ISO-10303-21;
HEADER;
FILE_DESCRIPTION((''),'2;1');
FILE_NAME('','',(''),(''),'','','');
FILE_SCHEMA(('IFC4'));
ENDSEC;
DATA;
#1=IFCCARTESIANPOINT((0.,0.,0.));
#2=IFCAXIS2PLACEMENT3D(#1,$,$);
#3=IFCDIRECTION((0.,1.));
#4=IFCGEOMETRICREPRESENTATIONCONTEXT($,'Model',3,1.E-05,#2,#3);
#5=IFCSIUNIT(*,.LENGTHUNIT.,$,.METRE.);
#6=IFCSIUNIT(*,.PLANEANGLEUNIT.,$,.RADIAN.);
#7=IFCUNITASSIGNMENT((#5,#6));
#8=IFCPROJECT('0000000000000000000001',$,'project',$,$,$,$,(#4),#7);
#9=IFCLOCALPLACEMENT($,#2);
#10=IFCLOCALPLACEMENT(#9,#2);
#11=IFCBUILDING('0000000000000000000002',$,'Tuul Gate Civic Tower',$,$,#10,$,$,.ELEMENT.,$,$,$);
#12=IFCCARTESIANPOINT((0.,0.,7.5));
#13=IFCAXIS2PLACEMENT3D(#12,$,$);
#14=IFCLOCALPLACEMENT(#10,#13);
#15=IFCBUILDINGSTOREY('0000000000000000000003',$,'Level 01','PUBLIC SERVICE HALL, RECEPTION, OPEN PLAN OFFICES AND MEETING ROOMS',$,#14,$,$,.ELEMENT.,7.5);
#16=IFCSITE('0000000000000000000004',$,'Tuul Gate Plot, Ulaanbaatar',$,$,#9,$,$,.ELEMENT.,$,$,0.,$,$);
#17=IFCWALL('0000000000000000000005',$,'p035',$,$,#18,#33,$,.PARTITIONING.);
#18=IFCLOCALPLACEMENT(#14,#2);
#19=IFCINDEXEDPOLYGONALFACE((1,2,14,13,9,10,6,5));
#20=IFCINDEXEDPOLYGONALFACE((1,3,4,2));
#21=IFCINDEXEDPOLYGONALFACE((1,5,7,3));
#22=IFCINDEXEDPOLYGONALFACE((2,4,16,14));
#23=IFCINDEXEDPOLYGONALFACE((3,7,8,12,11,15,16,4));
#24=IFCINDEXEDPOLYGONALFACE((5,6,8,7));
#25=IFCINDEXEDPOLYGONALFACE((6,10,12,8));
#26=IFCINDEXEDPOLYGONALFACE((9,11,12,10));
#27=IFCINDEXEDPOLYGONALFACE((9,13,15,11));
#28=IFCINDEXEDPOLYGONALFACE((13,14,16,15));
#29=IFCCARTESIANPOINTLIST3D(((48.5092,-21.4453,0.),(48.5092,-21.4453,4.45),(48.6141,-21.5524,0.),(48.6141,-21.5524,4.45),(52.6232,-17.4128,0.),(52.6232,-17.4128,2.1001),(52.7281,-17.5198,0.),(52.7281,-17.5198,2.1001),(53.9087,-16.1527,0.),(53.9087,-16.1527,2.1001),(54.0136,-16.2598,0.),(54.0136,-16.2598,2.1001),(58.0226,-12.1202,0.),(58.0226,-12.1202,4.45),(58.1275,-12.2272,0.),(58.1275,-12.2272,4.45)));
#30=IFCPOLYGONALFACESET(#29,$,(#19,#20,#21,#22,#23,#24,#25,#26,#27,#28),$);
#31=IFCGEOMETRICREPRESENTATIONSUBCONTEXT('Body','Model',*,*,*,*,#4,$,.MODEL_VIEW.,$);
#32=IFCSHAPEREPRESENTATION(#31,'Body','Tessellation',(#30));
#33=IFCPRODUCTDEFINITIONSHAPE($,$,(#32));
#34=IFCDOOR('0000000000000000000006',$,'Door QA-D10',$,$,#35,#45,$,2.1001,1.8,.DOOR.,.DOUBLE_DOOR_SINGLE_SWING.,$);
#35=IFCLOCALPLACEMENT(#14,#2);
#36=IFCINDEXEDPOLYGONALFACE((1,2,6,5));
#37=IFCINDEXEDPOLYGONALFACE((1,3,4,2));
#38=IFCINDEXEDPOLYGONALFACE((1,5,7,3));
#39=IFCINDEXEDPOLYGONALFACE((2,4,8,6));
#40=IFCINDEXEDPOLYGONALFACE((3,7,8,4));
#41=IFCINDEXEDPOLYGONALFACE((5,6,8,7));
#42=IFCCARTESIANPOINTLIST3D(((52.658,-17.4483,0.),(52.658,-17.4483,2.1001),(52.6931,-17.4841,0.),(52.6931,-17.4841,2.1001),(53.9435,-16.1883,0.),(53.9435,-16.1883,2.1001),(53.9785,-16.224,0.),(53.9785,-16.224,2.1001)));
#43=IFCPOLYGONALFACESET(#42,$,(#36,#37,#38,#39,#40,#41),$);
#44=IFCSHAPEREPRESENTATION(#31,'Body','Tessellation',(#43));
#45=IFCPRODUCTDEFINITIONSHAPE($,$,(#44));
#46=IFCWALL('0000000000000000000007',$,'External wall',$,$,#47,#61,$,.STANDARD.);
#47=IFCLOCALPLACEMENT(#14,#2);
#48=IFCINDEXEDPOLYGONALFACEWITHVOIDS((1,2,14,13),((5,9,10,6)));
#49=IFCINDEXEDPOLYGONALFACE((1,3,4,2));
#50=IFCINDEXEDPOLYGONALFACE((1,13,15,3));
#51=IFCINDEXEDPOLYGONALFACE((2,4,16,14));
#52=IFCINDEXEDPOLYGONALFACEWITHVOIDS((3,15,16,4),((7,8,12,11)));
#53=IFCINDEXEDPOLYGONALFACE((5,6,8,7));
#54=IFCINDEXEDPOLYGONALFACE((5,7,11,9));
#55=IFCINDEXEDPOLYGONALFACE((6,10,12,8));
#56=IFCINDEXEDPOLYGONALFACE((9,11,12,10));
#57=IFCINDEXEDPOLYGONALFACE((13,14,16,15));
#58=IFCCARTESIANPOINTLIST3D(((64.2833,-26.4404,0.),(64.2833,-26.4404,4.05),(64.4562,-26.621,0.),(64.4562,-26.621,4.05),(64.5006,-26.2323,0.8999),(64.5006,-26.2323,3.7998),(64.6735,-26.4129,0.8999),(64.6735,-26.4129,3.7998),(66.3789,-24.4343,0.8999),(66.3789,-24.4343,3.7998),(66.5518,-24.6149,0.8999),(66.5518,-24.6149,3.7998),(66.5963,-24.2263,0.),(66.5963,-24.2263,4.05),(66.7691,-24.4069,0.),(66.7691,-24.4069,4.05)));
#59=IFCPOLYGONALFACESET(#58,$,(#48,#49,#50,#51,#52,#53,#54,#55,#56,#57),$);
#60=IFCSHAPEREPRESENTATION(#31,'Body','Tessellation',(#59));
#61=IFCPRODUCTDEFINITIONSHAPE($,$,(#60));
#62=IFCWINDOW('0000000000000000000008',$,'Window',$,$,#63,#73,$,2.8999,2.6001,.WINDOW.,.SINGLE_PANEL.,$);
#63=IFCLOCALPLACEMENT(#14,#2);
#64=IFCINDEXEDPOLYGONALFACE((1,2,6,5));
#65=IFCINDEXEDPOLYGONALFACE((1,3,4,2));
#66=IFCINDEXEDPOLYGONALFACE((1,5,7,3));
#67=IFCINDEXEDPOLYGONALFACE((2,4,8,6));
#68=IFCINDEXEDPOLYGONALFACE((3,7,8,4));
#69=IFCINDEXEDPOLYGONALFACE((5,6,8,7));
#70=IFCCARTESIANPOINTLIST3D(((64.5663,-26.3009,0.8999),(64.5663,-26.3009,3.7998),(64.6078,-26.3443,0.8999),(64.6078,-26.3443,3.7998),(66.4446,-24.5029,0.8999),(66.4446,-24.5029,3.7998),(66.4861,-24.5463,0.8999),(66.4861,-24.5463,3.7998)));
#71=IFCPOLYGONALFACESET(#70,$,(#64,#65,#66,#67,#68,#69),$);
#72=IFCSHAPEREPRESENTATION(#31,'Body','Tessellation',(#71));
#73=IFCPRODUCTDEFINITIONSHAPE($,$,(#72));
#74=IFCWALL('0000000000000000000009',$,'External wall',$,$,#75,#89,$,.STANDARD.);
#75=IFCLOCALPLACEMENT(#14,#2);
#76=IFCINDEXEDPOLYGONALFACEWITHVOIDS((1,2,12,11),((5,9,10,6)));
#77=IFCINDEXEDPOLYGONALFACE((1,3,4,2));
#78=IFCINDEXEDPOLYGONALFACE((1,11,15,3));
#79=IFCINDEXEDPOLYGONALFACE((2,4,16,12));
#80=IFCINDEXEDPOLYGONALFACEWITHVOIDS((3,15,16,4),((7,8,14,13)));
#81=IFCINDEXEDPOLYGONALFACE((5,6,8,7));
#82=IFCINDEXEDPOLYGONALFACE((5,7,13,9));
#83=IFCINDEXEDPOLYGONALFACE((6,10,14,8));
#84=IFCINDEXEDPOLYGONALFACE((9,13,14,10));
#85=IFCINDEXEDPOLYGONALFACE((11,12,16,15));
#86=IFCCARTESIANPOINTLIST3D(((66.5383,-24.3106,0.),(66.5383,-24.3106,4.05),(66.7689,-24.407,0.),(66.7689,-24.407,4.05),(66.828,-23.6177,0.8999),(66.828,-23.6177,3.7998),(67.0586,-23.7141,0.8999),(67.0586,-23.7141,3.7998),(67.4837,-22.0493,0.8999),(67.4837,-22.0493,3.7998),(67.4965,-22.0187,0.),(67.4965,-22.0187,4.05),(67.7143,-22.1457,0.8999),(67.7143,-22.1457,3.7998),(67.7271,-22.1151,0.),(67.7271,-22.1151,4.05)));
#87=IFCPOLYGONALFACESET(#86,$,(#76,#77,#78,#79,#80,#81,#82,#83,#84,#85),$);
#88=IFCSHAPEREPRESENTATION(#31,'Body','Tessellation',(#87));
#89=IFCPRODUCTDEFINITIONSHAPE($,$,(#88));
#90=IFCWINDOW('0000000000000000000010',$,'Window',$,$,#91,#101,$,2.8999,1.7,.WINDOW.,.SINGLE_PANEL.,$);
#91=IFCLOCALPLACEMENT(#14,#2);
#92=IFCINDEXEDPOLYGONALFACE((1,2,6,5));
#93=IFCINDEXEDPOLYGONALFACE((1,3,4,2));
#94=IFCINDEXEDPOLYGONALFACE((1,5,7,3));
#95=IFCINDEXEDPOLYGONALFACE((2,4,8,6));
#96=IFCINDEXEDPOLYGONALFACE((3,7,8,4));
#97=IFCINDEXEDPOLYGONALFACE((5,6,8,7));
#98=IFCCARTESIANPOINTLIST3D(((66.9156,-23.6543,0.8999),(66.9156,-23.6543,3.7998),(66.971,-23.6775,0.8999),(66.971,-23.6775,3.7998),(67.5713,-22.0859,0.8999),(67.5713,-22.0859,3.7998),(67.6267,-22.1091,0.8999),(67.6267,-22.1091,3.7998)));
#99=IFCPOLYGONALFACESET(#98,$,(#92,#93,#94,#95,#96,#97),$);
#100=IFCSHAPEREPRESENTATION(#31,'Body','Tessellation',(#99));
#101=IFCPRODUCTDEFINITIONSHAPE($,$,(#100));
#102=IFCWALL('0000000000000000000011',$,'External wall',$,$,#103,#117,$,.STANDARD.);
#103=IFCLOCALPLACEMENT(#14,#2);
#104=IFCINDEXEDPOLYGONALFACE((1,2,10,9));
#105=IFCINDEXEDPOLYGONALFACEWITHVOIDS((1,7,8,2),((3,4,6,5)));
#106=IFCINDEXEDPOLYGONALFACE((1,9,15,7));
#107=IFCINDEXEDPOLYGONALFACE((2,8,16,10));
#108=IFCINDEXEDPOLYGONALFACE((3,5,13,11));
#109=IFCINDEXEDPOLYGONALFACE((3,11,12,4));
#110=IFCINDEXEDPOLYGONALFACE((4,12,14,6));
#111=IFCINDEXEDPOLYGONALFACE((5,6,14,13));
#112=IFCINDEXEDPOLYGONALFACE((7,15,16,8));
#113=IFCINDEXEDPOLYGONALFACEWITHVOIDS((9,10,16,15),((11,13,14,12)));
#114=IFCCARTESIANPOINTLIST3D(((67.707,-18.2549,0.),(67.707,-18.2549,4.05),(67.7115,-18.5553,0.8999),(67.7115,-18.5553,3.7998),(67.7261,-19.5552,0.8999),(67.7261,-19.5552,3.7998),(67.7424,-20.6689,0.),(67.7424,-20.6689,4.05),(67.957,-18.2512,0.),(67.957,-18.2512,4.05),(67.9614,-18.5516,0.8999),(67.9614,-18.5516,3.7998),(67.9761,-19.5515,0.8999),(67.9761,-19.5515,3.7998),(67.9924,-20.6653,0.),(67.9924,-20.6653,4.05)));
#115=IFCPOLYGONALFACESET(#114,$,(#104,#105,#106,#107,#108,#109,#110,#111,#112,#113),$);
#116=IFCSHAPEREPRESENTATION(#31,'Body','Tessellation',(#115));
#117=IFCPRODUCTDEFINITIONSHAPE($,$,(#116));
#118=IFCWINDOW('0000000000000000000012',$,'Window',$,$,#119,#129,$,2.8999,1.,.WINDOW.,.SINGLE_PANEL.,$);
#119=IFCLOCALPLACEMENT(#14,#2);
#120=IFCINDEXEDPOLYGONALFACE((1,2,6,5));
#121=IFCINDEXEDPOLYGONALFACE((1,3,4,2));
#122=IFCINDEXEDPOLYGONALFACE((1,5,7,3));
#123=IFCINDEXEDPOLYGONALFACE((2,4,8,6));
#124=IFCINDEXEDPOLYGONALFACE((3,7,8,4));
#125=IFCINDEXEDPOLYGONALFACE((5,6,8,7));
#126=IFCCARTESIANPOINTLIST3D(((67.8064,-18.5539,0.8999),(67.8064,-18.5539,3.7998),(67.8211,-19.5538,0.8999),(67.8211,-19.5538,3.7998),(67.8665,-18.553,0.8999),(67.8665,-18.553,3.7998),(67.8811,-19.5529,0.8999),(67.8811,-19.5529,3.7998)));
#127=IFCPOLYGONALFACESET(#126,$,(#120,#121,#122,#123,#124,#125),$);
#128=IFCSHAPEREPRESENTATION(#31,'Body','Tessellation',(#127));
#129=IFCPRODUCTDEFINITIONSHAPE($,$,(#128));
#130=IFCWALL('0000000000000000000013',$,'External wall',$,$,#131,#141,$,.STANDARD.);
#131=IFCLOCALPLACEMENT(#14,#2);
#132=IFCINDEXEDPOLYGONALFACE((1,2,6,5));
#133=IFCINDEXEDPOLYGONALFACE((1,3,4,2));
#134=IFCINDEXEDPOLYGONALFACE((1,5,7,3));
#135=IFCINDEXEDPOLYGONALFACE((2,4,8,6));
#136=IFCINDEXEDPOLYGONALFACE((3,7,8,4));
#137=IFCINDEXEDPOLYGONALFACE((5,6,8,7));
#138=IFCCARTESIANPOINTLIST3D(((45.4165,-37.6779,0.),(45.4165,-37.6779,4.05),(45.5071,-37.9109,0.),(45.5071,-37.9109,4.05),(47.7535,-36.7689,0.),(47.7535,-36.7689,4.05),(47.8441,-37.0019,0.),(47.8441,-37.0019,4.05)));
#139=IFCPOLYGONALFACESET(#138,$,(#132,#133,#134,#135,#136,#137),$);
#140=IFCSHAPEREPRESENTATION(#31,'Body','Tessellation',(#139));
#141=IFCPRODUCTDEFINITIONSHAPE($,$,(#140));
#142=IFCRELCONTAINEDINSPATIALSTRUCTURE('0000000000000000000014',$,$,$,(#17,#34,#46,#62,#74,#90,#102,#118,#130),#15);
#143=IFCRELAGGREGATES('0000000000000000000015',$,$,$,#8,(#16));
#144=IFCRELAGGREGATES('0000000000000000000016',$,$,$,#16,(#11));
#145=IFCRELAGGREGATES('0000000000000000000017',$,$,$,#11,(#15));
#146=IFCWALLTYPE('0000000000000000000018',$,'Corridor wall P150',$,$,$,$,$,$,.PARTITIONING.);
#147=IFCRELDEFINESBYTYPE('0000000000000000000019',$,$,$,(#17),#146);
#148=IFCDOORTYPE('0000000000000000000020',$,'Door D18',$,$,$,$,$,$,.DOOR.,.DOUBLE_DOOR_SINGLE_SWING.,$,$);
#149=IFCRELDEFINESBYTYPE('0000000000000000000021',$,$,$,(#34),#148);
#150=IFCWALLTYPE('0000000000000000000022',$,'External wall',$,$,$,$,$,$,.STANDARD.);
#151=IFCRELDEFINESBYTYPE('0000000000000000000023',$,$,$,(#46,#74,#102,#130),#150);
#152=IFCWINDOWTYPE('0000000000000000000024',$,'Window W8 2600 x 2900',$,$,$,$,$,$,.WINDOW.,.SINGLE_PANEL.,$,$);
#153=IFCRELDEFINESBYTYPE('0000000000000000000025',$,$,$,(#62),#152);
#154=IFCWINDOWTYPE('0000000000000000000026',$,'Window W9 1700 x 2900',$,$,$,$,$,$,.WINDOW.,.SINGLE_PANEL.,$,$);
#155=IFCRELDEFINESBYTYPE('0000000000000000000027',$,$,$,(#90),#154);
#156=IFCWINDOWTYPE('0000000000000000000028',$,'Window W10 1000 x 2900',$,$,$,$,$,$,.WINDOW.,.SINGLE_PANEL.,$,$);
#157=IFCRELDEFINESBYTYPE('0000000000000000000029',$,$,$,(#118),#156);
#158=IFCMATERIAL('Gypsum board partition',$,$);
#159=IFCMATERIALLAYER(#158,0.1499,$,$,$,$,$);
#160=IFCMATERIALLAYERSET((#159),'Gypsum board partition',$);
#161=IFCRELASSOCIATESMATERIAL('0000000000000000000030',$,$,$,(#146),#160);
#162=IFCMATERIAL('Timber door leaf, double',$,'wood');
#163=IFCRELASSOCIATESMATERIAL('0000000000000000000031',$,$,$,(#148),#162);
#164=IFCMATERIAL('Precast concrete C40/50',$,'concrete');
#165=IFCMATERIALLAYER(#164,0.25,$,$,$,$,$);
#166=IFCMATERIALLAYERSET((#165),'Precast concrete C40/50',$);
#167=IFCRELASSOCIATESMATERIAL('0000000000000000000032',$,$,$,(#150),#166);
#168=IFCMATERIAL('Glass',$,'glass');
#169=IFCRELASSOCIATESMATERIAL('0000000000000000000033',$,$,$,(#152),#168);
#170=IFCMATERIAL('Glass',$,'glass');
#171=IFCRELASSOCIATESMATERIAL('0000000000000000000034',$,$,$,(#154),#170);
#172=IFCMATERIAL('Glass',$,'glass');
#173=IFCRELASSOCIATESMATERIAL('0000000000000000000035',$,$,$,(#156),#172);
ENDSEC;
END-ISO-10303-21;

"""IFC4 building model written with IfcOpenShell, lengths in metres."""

from ifc_helpers import new_model, si_unit, direction, frame, frame_2d, origin, place, context, subcontext, project, spatial, rectangle, extrude, material, layer, layer_set, type_object, element, fill, save


model = new_model("IFC4")

# Units and contexts
model_context = context("Model", 3, precision=1e-05, world=origin(), true_north=direction((0.0, 1.0)))
body_context = subcontext(model_context, "Body", "Model", "MODEL_VIEW")
ifc_project = project(units=[si_unit("LENGTHUNIT", "METRE"), si_unit("PLANEANGLEUNIT", "RADIAN")], contexts=[model_context])

# Site, building, storey
site_placement = place(None, origin())
site = spatial("IfcSite", under=ifc_project, at=site_placement, Name="Tuul Gate Plot, Ulaanbaatar", CompositionType="ELEMENT", RefElevation=0.0)
building_placement = place(site_placement, origin())
building = spatial("IfcBuilding", under=site, at=building_placement, Name="Tuul Gate Civic Tower", CompositionType="ELEMENT")
storey_placement = place(building_placement, frame((0.0, 0.0, 7.5)))
storey = spatial("IfcBuildingStorey", under=building, at=storey_placement, Name="Level 01", Description="PUBLIC SERVICE HALL, RECEPTION, OPEN PLAN OFFICES AND MEETING ROOMS", CompositionType="ELEMENT", Elevation=7.5)

# Shared definitions
ifc_material_1 = material(Name="Gypsum board partition")
ifc_layer_1 = layer(ifc_material_1, 0.1499)
ifc_layer_set_1 = layer_set([ifc_layer_1], Name="Gypsum board partition")
wall_type_1 = type_object("IfcWallType", Name="Corridor wall P150", PredefinedType="PARTITIONING", material=ifc_layer_set_1)

# Wall, opening, door
wall_1_placement = place(storey_placement, frame((48.5618, -21.4988, 0.0), z_axis=(0.0, 0.0, 1.0), x_axis=(0.714136, 0.700007, 0.0)))
wall_1 = element("IfcWall", 1, at=wall_1_placement, inside=storey, type_object=wall_type_1, Name="p035", PredefinedType="PARTITIONING", context=body_context, shape_type="SweptSolid", body=[
    extrude(rectangle(XDim=13.3215, YDim=0.1499, at=frame_2d((6.6606, 0.0))), origin(), (0.0, 0.0, 1.0), 4.45),
])
opening_1_placement = place(wall_1_placement, frame((5.7607, 0.0, 0.0)))
opening_1 = element("IfcOpeningElement", 2, at=opening_1_placement, cuts=wall_1, PredefinedType="OPENING", context=body_context, shape_type="SweptSolid", body=[
    extrude(rectangle(XDim=1.8, YDim=2.1001, at=frame_2d((0.8999, 1.05))), frame((0.0, 0.085, 0.0), z_axis=(0.0, -1.0, 0.0), x_axis=(1.0, 0.0, 0.0)), (0.0, 0.0, 1.0), 0.1699),
])
ifc_material_2 = material(Name="Timber door leaf, double", Category="wood")
door_type_1 = type_object("IfcDoorType", Name="Door D18", OperationType="DOUBLE_DOOR_SINGLE_SWING", PredefinedType="DOOR", material=ifc_material_2)
door_1_placement = place(opening_1_placement, frame((1.8, 0.0, 0.0), z_axis=(0.0, 0.0, 1.0), x_axis=(-1.0, 0.0, 0.0)))
door_1 = element("IfcDoor", 3, at=door_1_placement, inside=storey, type_object=door_type_1, Name="Door QA-D10", OperationType="DOUBLE_DOOR_SINGLE_SWING", OverallHeight=2.1001, OverallWidth=1.8, PredefinedType="DOOR", context=body_context, shape_type="SweptSolid", body=[
    extrude(rectangle(XDim=1.8, YDim=2.1001, at=frame_2d((0.9001, 1.05))), frame((0.0, 0.0249, 0.0), z_axis=(0.0, -1.0, 0.0), x_axis=(1.0, 0.0, 0.0)), (0.0, 0.0, 1.0), 0.05),
])
fill(opening_1, door_1)

# Walls, openings, windows
ifc_material_3 = material(Name="Precast concrete C40/50", Category="concrete")
ifc_layer_2 = layer(ifc_material_3, 0.25)
ifc_layer_set_2 = layer_set([ifc_layer_2], Name="Precast concrete C40/50")
wall_type_2 = type_object("IfcWallType", Name="External wall", PredefinedType="STANDARD", material=ifc_layer_set_2)
wall_2_placement = place(storey_placement, frame((64.3696, -26.5308, 0.0), z_axis=(0.0, 0.0, 1.0), x_axis=(0.722379, 0.691498, 0.0)))
wall_2 = element("IfcWall", 4, at=wall_2_placement, inside=storey, type_object=wall_type_2, Name="External wall", PredefinedType="STANDARD", context=body_context, shape_type="SweptSolid", body=[
    extrude(rectangle(XDim=3.2019, YDim=0.25, at=frame_2d((1.6011, 0.0))), origin(), (0.0, 0.0, 1.0), 4.05),
])
opening_2_placement = place(wall_2_placement, frame((0.301, 0.0, 0.8999)))
opening_2 = element("IfcOpeningElement", 5, at=opening_2_placement, cuts=wall_2, PredefinedType="OPENING", context=body_context, shape_type="SweptSolid", body=[
    extrude(rectangle(XDim=2.6001, YDim=2.8999, at=frame_2d((1.3, 1.45))), frame((0.0, 0.135, 0.0), z_axis=(0.0, -1.0, 0.0), x_axis=(1.0, 0.0, 0.0)), (0.0, 0.0, 1.0), 0.27),
])
ifc_material_4 = material(Name="Glass", Category="glass")
window_type_1 = type_object("IfcWindowType", Name="Window W8 2600 x 2900", PartitioningType="SINGLE_PANEL", PredefinedType="WINDOW", material=ifc_material_4)
window_1_placement = place(opening_2_placement, origin())
window_1 = element("IfcWindow", 6, at=window_1_placement, inside=storey, type_object=window_type_1, Name="Window", OverallHeight=2.8999, OverallWidth=2.6001, PartitioningType="SINGLE_PANEL", PredefinedType="WINDOW", context=body_context, shape_type="SweptSolid", body=[
    extrude(rectangle(XDim=2.6001, YDim=2.8999, at=frame_2d((1.3, 1.45))), frame((0.0, 0.03, 0.0), z_axis=(0.0, -1.0, 0.0), x_axis=(1.0, 0.0, 0.0)), (0.0, 0.0, 1.0), 0.0601),
])
fill(opening_2, window_1)
wall_3_placement = place(storey_placement, frame((66.6536, -24.3589, 0.0), z_axis=(0.0, 0.0, 1.0), x_axis=(0.385732, 0.922611, 0.0)))
wall_3 = element("IfcWall", 7, at=wall_3_placement, inside=storey, type_object=wall_type_2, Name="External wall", PredefinedType="STANDARD", context=body_context, shape_type="SweptSolid", body=[
    extrude(rectangle(XDim=2.4841, YDim=0.25, at=frame_2d((1.2422, 0.0))), origin(), (0.0, 0.0, 1.0), 4.05),
])
opening_3_placement = place(wall_3_placement, frame((0.751, 0.0, 0.8999)))
opening_3 = element("IfcOpeningElement", 8, at=opening_3_placement, cuts=wall_3, PredefinedType="OPENING", context=body_context, shape_type="SweptSolid", body=[
    extrude(rectangle(XDim=1.7, YDim=2.8999, at=frame_2d((0.8501, 1.45))), frame((0.0, 0.135, 0.0), z_axis=(0.0, -1.0, 0.0), x_axis=(1.0, 0.0, 0.0)), (0.0, 0.0, 1.0), 0.27),
])
ifc_material_5 = material(Name="Glass", Category="glass")
window_type_2 = type_object("IfcWindowType", Name="Window W9 1700 x 2900", PartitioningType="SINGLE_PANEL", PredefinedType="WINDOW", material=ifc_material_5)
window_2_placement = place(opening_3_placement, origin())
window_2 = element("IfcWindow", 9, at=window_2_placement, inside=storey, type_object=window_type_2, Name="Window", OverallHeight=2.8999, OverallWidth=1.7, PartitioningType="SINGLE_PANEL", PredefinedType="WINDOW", context=body_context, shape_type="SweptSolid", body=[
    extrude(rectangle(XDim=1.7, YDim=2.8999, at=frame_2d((0.8501, 1.45))), frame((0.0, 0.03, 0.0), z_axis=(0.0, -1.0, 0.0), x_axis=(1.0, 0.0, 0.0)), (0.0, 0.0, 1.0), 0.0601),
])
fill(opening_3, window_2)
wall_4_placement = place(storey_placement, frame((67.8674, -20.667, 0.0), z_axis=(0.0, 0.0, 1.0), x_axis=(-0.014663, 0.999892, 0.0)))
wall_4 = element("IfcWall", 10, at=wall_4_placement, inside=storey, type_object=wall_type_2, Name="External wall", PredefinedType="STANDARD", context=body_context, shape_type="SweptSolid", body=[
    extrude(rectangle(XDim=2.4143, YDim=0.25, at=frame_2d((1.207, 0.0))), origin(), (0.0, 0.0, 1.0), 4.05),
])
opening_4_placement = place(wall_4_placement, frame((1.1138, 0.0, 0.8999)))
opening_4 = element("IfcOpeningElement", 11, at=opening_4_placement, cuts=wall_4, PredefinedType="OPENING", context=body_context, shape_type="SweptSolid", body=[
    extrude(rectangle(XDim=1.0, YDim=2.8999, at=frame_2d((0.5, 1.45))), frame((0.0, 0.135, 0.0), z_axis=(0.0, -1.0, 0.0), x_axis=(1.0, 0.0, 0.0)), (0.0, 0.0, 1.0), 0.27),
])
ifc_material_6 = material(Name="Glass", Category="glass")
window_type_3 = type_object("IfcWindowType", Name="Window W10 1000 x 2900", PartitioningType="SINGLE_PANEL", PredefinedType="WINDOW", material=ifc_material_6)
window_3_placement = place(opening_4_placement, origin())
window_3 = element("IfcWindow", 12, at=window_3_placement, inside=storey, type_object=window_type_3, Name="Window", OverallHeight=2.8999, OverallWidth=1.0, PartitioningType="SINGLE_PANEL", PredefinedType="WINDOW", context=body_context, shape_type="SweptSolid", body=[
    extrude(rectangle(XDim=1.0, YDim=2.8999, at=frame_2d((0.5, 1.45))), frame((0.0, 0.03, 0.0), z_axis=(0.0, -1.0, 0.0), x_axis=(1.0, 0.0, 0.0)), (0.0, 0.0, 1.0), 0.0601),
])
fill(opening_4, window_3)

# Wall
wall_5_placement = place(storey_placement, frame((45.4617, -37.7944, 0.0), z_axis=(0.0, 0.0, 1.0), x_axis=(0.931986, 0.362493, 0.0)))
element("IfcWall", 13, at=wall_5_placement, inside=storey, type_object=wall_type_2, Name="External wall", PredefinedType="STANDARD", context=body_context, shape_type="SweptSolid", body=[
    extrude(rectangle(XDim=2.5076, YDim=0.25, at=frame_2d((1.2539, 0.0))), origin(), (0.0, 0.0, 1.0), 4.05),
])

save(model, "model.ifc")
